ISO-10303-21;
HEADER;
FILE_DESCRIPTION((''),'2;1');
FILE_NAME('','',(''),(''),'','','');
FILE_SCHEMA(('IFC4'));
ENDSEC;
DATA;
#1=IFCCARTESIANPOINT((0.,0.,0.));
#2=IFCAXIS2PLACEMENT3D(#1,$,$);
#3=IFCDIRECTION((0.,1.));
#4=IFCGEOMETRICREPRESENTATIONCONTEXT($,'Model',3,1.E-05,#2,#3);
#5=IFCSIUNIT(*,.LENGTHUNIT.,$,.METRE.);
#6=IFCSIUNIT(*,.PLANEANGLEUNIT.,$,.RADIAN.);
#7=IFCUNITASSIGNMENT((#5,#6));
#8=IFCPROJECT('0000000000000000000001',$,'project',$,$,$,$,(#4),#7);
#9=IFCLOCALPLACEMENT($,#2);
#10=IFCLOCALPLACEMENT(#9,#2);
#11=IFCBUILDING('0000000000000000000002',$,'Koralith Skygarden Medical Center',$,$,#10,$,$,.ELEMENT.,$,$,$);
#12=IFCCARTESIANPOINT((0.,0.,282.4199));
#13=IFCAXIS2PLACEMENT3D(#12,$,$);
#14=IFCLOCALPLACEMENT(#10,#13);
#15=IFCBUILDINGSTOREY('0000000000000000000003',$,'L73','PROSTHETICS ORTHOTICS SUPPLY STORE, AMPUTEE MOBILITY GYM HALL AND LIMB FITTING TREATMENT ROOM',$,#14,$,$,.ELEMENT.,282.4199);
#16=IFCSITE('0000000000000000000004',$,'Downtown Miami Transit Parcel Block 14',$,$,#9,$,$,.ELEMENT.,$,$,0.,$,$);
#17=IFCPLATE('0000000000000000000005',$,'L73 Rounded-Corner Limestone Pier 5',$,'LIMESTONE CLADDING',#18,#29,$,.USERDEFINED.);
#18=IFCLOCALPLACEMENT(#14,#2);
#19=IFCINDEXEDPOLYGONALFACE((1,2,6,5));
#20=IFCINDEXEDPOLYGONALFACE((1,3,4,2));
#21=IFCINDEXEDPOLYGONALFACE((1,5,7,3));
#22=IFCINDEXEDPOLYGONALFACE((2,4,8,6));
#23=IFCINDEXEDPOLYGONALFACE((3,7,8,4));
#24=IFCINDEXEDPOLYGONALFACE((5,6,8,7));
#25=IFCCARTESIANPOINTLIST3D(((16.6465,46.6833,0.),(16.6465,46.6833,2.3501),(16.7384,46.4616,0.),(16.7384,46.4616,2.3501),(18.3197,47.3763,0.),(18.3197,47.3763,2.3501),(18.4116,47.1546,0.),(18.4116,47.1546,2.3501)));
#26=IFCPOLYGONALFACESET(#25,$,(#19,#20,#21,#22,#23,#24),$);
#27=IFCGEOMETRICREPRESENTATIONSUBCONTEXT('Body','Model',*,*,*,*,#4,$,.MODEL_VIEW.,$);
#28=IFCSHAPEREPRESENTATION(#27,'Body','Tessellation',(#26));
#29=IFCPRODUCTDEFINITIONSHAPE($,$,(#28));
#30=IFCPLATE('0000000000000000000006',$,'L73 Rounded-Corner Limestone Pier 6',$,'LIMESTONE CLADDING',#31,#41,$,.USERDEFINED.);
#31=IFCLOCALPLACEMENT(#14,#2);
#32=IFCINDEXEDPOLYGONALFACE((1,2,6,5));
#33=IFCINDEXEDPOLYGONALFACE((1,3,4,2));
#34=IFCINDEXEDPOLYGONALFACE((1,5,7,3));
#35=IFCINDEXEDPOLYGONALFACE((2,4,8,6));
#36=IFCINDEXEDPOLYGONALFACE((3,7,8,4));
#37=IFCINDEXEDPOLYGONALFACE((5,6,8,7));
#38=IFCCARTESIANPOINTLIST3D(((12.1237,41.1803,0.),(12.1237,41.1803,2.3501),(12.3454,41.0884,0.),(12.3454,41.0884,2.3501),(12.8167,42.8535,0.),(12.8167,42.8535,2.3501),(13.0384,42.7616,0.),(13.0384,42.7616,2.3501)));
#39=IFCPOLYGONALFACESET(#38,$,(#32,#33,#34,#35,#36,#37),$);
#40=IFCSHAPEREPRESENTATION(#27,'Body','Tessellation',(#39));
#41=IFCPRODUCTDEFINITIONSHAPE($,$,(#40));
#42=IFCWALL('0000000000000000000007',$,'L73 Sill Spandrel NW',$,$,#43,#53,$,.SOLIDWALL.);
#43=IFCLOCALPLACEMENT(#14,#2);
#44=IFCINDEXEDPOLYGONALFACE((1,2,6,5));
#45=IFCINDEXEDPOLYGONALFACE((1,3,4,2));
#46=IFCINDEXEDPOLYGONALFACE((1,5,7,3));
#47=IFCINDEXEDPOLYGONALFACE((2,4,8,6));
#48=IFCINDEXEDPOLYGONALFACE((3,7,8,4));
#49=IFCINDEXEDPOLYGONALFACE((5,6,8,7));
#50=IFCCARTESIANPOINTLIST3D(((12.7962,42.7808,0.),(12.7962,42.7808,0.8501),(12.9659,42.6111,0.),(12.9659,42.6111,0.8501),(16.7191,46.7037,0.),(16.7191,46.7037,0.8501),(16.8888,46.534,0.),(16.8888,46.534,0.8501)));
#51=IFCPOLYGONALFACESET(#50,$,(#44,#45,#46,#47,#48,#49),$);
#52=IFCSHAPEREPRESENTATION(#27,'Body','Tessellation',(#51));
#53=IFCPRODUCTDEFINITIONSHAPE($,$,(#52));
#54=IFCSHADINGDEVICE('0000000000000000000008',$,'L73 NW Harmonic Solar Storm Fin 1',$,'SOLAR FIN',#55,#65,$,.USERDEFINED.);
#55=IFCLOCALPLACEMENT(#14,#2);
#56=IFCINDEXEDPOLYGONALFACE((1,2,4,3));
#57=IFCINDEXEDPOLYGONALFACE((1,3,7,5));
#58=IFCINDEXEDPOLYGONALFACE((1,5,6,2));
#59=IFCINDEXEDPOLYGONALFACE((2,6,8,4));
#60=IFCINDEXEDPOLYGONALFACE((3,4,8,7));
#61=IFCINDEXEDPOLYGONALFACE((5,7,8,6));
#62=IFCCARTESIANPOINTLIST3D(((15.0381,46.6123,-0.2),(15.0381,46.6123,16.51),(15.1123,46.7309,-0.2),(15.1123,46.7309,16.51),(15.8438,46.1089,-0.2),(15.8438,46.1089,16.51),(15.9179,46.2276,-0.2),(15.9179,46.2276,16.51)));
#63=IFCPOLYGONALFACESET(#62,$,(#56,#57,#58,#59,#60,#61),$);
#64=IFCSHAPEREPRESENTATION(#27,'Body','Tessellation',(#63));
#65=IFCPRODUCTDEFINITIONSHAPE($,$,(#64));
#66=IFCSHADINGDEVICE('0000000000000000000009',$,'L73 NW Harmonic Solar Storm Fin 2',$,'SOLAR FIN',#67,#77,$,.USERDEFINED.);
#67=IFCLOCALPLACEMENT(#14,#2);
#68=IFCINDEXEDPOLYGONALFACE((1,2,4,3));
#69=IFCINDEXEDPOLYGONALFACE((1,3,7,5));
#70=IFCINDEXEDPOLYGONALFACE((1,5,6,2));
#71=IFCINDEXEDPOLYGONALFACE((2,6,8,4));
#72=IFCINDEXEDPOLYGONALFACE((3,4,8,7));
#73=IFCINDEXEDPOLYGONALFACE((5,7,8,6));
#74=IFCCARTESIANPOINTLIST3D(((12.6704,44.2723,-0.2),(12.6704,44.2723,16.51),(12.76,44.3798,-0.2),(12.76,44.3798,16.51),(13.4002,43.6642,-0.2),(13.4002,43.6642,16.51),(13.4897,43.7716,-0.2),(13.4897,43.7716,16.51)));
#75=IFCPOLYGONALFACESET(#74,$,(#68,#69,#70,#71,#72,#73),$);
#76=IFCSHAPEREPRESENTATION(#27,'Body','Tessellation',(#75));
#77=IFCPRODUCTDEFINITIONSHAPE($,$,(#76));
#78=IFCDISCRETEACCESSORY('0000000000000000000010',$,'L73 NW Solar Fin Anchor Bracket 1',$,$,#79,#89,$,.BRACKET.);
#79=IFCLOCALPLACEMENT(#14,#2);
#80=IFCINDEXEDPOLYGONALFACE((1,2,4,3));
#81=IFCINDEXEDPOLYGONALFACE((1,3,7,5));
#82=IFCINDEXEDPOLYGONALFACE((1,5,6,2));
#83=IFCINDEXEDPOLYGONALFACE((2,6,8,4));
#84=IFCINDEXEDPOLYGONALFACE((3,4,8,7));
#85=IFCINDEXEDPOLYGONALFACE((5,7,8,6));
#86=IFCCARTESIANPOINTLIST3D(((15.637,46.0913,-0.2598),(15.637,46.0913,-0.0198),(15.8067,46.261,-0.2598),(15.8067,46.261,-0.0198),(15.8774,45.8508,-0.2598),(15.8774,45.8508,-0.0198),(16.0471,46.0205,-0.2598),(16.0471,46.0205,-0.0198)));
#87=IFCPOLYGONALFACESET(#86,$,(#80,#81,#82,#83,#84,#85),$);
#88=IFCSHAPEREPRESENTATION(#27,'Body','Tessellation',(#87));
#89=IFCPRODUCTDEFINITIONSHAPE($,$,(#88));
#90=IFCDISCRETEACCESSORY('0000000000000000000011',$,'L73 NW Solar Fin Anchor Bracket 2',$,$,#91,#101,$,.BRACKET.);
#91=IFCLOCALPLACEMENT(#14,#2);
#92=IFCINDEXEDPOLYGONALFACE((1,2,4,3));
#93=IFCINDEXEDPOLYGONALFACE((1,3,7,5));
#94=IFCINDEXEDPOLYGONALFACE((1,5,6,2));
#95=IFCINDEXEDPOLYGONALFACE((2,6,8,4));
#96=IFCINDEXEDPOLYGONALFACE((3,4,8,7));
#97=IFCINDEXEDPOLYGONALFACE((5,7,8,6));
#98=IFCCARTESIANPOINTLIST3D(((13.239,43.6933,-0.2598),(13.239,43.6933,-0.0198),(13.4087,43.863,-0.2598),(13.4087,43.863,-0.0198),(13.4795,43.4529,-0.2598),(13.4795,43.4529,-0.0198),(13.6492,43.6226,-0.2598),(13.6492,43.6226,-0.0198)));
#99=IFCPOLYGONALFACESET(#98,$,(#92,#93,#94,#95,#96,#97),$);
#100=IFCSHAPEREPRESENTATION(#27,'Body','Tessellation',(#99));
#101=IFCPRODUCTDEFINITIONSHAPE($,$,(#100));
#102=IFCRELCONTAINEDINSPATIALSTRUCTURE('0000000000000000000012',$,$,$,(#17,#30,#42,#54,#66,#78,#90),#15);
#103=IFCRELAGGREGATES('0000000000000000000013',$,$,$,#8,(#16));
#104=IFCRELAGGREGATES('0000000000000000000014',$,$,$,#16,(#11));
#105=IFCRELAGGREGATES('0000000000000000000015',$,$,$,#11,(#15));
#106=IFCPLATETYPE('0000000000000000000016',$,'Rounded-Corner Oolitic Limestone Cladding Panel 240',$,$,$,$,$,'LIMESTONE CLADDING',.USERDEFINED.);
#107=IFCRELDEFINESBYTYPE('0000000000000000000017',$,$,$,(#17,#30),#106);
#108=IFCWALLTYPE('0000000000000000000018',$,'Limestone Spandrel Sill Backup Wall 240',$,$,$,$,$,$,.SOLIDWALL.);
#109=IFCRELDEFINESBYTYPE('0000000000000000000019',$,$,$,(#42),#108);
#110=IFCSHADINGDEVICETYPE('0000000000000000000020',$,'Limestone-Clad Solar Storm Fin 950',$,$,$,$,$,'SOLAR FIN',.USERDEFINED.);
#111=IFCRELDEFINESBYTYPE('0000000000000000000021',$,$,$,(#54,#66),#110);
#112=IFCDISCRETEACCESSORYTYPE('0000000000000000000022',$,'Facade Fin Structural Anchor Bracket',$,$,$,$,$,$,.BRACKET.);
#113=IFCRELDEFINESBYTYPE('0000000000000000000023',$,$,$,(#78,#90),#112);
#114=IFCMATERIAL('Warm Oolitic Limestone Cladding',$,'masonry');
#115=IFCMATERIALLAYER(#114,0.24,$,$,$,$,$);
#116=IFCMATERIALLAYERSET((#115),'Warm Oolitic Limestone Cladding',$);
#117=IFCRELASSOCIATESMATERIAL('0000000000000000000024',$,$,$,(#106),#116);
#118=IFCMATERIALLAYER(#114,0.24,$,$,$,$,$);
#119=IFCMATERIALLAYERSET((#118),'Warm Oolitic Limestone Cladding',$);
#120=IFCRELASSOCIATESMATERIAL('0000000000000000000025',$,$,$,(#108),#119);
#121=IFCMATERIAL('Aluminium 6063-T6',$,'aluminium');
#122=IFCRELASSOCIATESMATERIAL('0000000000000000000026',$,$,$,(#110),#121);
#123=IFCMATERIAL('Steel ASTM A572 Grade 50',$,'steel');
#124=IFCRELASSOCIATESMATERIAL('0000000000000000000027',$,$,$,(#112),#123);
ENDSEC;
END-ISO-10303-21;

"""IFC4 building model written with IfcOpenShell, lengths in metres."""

from ifc_helpers import new_model, si_unit, direction, frame, frame_2d, origin, origin_2d, place, context, subcontext, project, spatial, rectangle, extrude, material, layer, layer_set, type_object, element, save


model = new_model("IFC4")

# Units and contexts
model_context = context("Model", 3, precision=1e-05, world=origin(), true_north=direction((0.0, 1.0)))
body_context = subcontext(model_context, "Body", "Model", "MODEL_VIEW")
ifc_project = project(units=[si_unit("LENGTHUNIT", "METRE"), si_unit("PLANEANGLEUNIT", "RADIAN")], contexts=[model_context])

# Site, building, storey
site_placement = place(None, origin())
site = spatial("IfcSite", under=ifc_project, at=site_placement, Name="Downtown Miami Transit Parcel Block 14", CompositionType="ELEMENT", RefElevation=0.0)
building_placement = place(site_placement, origin())
building = spatial("IfcBuilding", under=site, at=building_placement, Name="Koralith Skygarden Medical Center", CompositionType="ELEMENT")
storey_placement = place(building_placement, frame((0.0, 0.0, 282.4199)))
storey = spatial("IfcBuildingStorey", under=building, at=storey_placement, Name="L73", Description="PROSTHETICS ORTHOTICS SUPPLY STORE, AMPUTEE MOBILITY GYM HALL AND LIMB FITTING TREATMENT ROOM", CompositionType="ELEMENT", Elevation=282.4199)

# Shared definitions
ifc_material_1 = material(Name="Aluminium 6063-T6", Category="aluminium")

# Plates
ifc_material_2 = material(Name="Warm Oolitic Limestone Cladding", Category="masonry")
ifc_layer_1 = layer(ifc_material_2, 0.24)
ifc_layer_set_1 = layer_set([ifc_layer_1], Name="Warm Oolitic Limestone Cladding")
plate_type_1 = type_object("IfcPlateType", Name="Rounded-Corner Oolitic Limestone Cladding Panel 240", ElementType="LIMESTONE CLADDING", PredefinedType="USERDEFINED", material=ifc_layer_set_1)
for number, where, z_axis, x_axis, name in (
    (1, (17.5291, 46.9189, 0.0), (0.0, 0.0, 1.0), (-0.923885, -0.382671, 0.0), "L73 Rounded-Corner Limestone Pier 5"),
    (2, (12.5811, 41.9709, 0.0), (0.0, 0.0, 1.0), (-0.382671, -0.923885, 0.0), "L73 Rounded-Corner Limestone Pier 6"),
):
    element("IfcPlate", number, at=place(storey_placement, frame(where, z_axis=z_axis, x_axis=x_axis)), inside=storey, type_object=plate_type_1, Name=name, ObjectType="LIMESTONE CLADDING", PredefinedType="USERDEFINED", context=body_context, shape_type="SweptSolid", body=[
        extrude(rectangle(XDim=1.811, YDim=0.24, at=origin_2d()), origin(), (0.0, 0.0, 1.0), 2.3501),
    ])

# Wall
ifc_layer_2 = layer(ifc_material_2, 0.24)
ifc_layer_set_2 = layer_set([ifc_layer_2], Name="Warm Oolitic Limestone Cladding")
wall_type = type_object("IfcWallType", Name="Limestone Spandrel Sill Backup Wall 240", PredefinedType="SOLIDWALL", material=ifc_layer_set_2)
wall_placement = place(storey_placement, frame((16.804, 46.6189, 0.0), z_axis=(0.0, 0.0, 1.0), x_axis=(-0.707107, -0.707107, 0.0)))
element("IfcWall", 3, at=wall_placement, inside=storey, type_object=wall_type, Name="L73 Sill Spandrel NW", PredefinedType="SOLIDWALL", context=body_context, shape_type="SweptSolid", body=[
    extrude(rectangle(XDim=5.5479, YDim=0.24, at=frame_2d((2.7739, 0.0))), origin(), (0.0, 0.0, 1.0), 0.8501),
])

# Shading devices
shading_device_type = type_object("IfcShadingDeviceType", Name="Limestone-Clad Solar Storm Fin 950", ElementType="SOLAR FIN", PredefinedType="USERDEFINED", material=ifc_material_1)
for number, where, z_axis, x_axis, name in (
    (4, (15.478, 46.4199, -0.2), (0.0, 0.0, 1.0), (-0.848104, 0.52983, 0.0), "L73 NW Harmonic Solar Storm Fin 1"),
    (5, (13.0801, 44.022, -0.2), (0.0, 0.0, 1.0), (-0.768194, 0.640217, 0.0), "L73 NW Harmonic Solar Storm Fin 2"),
):
    element("IfcShadingDevice", number, at=place(storey_placement, frame(where, z_axis=z_axis, x_axis=x_axis)), inside=storey, type_object=shading_device_type, Name=name, ObjectType="SOLAR FIN", PredefinedType="USERDEFINED", context=body_context, shape_type="SweptSolid", body=[
        extrude(rectangle(XDim=0.95, YDim=0.1399, at=origin_2d()), origin(), (0.0, 0.0, 1.0), 16.71),
    ])

# Discrete accessories
ifc_material_3 = material(Name="Steel ASTM A572 Grade 50", Category="steel")
discrete_accessory_type = type_object("IfcDiscreteAccessoryType", Name="Facade Fin Structural Anchor Bracket", PredefinedType="BRACKET", material=ifc_material_3)
for number, where, z_axis, x_axis, name in (
    (6, (15.842, 46.0559, -0.2598), (0.0, 0.0, 1.0), (-0.707107, 0.707107, 0.0), "L73 NW Solar Fin Anchor Bracket 1"),
    (7, (13.4441, 43.658, -0.2598), (0.0, 0.0, 1.0), (-0.707107, 0.707107, 0.0), "L73 NW Solar Fin Anchor Bracket 2"),
):
    element("IfcDiscreteAccessory", number, at=place(storey_placement, frame(where, z_axis=z_axis, x_axis=x_axis)), inside=storey, type_object=discrete_accessory_type, Name=name, PredefinedType="BRACKET", context=body_context, shape_type="SweptSolid", body=[
        extrude(rectangle(XDim=0.3401, YDim=0.24, at=origin_2d()), origin(), (0.0, 0.0, 1.0), 0.24),
    ])

save(model, "model.ifc")
